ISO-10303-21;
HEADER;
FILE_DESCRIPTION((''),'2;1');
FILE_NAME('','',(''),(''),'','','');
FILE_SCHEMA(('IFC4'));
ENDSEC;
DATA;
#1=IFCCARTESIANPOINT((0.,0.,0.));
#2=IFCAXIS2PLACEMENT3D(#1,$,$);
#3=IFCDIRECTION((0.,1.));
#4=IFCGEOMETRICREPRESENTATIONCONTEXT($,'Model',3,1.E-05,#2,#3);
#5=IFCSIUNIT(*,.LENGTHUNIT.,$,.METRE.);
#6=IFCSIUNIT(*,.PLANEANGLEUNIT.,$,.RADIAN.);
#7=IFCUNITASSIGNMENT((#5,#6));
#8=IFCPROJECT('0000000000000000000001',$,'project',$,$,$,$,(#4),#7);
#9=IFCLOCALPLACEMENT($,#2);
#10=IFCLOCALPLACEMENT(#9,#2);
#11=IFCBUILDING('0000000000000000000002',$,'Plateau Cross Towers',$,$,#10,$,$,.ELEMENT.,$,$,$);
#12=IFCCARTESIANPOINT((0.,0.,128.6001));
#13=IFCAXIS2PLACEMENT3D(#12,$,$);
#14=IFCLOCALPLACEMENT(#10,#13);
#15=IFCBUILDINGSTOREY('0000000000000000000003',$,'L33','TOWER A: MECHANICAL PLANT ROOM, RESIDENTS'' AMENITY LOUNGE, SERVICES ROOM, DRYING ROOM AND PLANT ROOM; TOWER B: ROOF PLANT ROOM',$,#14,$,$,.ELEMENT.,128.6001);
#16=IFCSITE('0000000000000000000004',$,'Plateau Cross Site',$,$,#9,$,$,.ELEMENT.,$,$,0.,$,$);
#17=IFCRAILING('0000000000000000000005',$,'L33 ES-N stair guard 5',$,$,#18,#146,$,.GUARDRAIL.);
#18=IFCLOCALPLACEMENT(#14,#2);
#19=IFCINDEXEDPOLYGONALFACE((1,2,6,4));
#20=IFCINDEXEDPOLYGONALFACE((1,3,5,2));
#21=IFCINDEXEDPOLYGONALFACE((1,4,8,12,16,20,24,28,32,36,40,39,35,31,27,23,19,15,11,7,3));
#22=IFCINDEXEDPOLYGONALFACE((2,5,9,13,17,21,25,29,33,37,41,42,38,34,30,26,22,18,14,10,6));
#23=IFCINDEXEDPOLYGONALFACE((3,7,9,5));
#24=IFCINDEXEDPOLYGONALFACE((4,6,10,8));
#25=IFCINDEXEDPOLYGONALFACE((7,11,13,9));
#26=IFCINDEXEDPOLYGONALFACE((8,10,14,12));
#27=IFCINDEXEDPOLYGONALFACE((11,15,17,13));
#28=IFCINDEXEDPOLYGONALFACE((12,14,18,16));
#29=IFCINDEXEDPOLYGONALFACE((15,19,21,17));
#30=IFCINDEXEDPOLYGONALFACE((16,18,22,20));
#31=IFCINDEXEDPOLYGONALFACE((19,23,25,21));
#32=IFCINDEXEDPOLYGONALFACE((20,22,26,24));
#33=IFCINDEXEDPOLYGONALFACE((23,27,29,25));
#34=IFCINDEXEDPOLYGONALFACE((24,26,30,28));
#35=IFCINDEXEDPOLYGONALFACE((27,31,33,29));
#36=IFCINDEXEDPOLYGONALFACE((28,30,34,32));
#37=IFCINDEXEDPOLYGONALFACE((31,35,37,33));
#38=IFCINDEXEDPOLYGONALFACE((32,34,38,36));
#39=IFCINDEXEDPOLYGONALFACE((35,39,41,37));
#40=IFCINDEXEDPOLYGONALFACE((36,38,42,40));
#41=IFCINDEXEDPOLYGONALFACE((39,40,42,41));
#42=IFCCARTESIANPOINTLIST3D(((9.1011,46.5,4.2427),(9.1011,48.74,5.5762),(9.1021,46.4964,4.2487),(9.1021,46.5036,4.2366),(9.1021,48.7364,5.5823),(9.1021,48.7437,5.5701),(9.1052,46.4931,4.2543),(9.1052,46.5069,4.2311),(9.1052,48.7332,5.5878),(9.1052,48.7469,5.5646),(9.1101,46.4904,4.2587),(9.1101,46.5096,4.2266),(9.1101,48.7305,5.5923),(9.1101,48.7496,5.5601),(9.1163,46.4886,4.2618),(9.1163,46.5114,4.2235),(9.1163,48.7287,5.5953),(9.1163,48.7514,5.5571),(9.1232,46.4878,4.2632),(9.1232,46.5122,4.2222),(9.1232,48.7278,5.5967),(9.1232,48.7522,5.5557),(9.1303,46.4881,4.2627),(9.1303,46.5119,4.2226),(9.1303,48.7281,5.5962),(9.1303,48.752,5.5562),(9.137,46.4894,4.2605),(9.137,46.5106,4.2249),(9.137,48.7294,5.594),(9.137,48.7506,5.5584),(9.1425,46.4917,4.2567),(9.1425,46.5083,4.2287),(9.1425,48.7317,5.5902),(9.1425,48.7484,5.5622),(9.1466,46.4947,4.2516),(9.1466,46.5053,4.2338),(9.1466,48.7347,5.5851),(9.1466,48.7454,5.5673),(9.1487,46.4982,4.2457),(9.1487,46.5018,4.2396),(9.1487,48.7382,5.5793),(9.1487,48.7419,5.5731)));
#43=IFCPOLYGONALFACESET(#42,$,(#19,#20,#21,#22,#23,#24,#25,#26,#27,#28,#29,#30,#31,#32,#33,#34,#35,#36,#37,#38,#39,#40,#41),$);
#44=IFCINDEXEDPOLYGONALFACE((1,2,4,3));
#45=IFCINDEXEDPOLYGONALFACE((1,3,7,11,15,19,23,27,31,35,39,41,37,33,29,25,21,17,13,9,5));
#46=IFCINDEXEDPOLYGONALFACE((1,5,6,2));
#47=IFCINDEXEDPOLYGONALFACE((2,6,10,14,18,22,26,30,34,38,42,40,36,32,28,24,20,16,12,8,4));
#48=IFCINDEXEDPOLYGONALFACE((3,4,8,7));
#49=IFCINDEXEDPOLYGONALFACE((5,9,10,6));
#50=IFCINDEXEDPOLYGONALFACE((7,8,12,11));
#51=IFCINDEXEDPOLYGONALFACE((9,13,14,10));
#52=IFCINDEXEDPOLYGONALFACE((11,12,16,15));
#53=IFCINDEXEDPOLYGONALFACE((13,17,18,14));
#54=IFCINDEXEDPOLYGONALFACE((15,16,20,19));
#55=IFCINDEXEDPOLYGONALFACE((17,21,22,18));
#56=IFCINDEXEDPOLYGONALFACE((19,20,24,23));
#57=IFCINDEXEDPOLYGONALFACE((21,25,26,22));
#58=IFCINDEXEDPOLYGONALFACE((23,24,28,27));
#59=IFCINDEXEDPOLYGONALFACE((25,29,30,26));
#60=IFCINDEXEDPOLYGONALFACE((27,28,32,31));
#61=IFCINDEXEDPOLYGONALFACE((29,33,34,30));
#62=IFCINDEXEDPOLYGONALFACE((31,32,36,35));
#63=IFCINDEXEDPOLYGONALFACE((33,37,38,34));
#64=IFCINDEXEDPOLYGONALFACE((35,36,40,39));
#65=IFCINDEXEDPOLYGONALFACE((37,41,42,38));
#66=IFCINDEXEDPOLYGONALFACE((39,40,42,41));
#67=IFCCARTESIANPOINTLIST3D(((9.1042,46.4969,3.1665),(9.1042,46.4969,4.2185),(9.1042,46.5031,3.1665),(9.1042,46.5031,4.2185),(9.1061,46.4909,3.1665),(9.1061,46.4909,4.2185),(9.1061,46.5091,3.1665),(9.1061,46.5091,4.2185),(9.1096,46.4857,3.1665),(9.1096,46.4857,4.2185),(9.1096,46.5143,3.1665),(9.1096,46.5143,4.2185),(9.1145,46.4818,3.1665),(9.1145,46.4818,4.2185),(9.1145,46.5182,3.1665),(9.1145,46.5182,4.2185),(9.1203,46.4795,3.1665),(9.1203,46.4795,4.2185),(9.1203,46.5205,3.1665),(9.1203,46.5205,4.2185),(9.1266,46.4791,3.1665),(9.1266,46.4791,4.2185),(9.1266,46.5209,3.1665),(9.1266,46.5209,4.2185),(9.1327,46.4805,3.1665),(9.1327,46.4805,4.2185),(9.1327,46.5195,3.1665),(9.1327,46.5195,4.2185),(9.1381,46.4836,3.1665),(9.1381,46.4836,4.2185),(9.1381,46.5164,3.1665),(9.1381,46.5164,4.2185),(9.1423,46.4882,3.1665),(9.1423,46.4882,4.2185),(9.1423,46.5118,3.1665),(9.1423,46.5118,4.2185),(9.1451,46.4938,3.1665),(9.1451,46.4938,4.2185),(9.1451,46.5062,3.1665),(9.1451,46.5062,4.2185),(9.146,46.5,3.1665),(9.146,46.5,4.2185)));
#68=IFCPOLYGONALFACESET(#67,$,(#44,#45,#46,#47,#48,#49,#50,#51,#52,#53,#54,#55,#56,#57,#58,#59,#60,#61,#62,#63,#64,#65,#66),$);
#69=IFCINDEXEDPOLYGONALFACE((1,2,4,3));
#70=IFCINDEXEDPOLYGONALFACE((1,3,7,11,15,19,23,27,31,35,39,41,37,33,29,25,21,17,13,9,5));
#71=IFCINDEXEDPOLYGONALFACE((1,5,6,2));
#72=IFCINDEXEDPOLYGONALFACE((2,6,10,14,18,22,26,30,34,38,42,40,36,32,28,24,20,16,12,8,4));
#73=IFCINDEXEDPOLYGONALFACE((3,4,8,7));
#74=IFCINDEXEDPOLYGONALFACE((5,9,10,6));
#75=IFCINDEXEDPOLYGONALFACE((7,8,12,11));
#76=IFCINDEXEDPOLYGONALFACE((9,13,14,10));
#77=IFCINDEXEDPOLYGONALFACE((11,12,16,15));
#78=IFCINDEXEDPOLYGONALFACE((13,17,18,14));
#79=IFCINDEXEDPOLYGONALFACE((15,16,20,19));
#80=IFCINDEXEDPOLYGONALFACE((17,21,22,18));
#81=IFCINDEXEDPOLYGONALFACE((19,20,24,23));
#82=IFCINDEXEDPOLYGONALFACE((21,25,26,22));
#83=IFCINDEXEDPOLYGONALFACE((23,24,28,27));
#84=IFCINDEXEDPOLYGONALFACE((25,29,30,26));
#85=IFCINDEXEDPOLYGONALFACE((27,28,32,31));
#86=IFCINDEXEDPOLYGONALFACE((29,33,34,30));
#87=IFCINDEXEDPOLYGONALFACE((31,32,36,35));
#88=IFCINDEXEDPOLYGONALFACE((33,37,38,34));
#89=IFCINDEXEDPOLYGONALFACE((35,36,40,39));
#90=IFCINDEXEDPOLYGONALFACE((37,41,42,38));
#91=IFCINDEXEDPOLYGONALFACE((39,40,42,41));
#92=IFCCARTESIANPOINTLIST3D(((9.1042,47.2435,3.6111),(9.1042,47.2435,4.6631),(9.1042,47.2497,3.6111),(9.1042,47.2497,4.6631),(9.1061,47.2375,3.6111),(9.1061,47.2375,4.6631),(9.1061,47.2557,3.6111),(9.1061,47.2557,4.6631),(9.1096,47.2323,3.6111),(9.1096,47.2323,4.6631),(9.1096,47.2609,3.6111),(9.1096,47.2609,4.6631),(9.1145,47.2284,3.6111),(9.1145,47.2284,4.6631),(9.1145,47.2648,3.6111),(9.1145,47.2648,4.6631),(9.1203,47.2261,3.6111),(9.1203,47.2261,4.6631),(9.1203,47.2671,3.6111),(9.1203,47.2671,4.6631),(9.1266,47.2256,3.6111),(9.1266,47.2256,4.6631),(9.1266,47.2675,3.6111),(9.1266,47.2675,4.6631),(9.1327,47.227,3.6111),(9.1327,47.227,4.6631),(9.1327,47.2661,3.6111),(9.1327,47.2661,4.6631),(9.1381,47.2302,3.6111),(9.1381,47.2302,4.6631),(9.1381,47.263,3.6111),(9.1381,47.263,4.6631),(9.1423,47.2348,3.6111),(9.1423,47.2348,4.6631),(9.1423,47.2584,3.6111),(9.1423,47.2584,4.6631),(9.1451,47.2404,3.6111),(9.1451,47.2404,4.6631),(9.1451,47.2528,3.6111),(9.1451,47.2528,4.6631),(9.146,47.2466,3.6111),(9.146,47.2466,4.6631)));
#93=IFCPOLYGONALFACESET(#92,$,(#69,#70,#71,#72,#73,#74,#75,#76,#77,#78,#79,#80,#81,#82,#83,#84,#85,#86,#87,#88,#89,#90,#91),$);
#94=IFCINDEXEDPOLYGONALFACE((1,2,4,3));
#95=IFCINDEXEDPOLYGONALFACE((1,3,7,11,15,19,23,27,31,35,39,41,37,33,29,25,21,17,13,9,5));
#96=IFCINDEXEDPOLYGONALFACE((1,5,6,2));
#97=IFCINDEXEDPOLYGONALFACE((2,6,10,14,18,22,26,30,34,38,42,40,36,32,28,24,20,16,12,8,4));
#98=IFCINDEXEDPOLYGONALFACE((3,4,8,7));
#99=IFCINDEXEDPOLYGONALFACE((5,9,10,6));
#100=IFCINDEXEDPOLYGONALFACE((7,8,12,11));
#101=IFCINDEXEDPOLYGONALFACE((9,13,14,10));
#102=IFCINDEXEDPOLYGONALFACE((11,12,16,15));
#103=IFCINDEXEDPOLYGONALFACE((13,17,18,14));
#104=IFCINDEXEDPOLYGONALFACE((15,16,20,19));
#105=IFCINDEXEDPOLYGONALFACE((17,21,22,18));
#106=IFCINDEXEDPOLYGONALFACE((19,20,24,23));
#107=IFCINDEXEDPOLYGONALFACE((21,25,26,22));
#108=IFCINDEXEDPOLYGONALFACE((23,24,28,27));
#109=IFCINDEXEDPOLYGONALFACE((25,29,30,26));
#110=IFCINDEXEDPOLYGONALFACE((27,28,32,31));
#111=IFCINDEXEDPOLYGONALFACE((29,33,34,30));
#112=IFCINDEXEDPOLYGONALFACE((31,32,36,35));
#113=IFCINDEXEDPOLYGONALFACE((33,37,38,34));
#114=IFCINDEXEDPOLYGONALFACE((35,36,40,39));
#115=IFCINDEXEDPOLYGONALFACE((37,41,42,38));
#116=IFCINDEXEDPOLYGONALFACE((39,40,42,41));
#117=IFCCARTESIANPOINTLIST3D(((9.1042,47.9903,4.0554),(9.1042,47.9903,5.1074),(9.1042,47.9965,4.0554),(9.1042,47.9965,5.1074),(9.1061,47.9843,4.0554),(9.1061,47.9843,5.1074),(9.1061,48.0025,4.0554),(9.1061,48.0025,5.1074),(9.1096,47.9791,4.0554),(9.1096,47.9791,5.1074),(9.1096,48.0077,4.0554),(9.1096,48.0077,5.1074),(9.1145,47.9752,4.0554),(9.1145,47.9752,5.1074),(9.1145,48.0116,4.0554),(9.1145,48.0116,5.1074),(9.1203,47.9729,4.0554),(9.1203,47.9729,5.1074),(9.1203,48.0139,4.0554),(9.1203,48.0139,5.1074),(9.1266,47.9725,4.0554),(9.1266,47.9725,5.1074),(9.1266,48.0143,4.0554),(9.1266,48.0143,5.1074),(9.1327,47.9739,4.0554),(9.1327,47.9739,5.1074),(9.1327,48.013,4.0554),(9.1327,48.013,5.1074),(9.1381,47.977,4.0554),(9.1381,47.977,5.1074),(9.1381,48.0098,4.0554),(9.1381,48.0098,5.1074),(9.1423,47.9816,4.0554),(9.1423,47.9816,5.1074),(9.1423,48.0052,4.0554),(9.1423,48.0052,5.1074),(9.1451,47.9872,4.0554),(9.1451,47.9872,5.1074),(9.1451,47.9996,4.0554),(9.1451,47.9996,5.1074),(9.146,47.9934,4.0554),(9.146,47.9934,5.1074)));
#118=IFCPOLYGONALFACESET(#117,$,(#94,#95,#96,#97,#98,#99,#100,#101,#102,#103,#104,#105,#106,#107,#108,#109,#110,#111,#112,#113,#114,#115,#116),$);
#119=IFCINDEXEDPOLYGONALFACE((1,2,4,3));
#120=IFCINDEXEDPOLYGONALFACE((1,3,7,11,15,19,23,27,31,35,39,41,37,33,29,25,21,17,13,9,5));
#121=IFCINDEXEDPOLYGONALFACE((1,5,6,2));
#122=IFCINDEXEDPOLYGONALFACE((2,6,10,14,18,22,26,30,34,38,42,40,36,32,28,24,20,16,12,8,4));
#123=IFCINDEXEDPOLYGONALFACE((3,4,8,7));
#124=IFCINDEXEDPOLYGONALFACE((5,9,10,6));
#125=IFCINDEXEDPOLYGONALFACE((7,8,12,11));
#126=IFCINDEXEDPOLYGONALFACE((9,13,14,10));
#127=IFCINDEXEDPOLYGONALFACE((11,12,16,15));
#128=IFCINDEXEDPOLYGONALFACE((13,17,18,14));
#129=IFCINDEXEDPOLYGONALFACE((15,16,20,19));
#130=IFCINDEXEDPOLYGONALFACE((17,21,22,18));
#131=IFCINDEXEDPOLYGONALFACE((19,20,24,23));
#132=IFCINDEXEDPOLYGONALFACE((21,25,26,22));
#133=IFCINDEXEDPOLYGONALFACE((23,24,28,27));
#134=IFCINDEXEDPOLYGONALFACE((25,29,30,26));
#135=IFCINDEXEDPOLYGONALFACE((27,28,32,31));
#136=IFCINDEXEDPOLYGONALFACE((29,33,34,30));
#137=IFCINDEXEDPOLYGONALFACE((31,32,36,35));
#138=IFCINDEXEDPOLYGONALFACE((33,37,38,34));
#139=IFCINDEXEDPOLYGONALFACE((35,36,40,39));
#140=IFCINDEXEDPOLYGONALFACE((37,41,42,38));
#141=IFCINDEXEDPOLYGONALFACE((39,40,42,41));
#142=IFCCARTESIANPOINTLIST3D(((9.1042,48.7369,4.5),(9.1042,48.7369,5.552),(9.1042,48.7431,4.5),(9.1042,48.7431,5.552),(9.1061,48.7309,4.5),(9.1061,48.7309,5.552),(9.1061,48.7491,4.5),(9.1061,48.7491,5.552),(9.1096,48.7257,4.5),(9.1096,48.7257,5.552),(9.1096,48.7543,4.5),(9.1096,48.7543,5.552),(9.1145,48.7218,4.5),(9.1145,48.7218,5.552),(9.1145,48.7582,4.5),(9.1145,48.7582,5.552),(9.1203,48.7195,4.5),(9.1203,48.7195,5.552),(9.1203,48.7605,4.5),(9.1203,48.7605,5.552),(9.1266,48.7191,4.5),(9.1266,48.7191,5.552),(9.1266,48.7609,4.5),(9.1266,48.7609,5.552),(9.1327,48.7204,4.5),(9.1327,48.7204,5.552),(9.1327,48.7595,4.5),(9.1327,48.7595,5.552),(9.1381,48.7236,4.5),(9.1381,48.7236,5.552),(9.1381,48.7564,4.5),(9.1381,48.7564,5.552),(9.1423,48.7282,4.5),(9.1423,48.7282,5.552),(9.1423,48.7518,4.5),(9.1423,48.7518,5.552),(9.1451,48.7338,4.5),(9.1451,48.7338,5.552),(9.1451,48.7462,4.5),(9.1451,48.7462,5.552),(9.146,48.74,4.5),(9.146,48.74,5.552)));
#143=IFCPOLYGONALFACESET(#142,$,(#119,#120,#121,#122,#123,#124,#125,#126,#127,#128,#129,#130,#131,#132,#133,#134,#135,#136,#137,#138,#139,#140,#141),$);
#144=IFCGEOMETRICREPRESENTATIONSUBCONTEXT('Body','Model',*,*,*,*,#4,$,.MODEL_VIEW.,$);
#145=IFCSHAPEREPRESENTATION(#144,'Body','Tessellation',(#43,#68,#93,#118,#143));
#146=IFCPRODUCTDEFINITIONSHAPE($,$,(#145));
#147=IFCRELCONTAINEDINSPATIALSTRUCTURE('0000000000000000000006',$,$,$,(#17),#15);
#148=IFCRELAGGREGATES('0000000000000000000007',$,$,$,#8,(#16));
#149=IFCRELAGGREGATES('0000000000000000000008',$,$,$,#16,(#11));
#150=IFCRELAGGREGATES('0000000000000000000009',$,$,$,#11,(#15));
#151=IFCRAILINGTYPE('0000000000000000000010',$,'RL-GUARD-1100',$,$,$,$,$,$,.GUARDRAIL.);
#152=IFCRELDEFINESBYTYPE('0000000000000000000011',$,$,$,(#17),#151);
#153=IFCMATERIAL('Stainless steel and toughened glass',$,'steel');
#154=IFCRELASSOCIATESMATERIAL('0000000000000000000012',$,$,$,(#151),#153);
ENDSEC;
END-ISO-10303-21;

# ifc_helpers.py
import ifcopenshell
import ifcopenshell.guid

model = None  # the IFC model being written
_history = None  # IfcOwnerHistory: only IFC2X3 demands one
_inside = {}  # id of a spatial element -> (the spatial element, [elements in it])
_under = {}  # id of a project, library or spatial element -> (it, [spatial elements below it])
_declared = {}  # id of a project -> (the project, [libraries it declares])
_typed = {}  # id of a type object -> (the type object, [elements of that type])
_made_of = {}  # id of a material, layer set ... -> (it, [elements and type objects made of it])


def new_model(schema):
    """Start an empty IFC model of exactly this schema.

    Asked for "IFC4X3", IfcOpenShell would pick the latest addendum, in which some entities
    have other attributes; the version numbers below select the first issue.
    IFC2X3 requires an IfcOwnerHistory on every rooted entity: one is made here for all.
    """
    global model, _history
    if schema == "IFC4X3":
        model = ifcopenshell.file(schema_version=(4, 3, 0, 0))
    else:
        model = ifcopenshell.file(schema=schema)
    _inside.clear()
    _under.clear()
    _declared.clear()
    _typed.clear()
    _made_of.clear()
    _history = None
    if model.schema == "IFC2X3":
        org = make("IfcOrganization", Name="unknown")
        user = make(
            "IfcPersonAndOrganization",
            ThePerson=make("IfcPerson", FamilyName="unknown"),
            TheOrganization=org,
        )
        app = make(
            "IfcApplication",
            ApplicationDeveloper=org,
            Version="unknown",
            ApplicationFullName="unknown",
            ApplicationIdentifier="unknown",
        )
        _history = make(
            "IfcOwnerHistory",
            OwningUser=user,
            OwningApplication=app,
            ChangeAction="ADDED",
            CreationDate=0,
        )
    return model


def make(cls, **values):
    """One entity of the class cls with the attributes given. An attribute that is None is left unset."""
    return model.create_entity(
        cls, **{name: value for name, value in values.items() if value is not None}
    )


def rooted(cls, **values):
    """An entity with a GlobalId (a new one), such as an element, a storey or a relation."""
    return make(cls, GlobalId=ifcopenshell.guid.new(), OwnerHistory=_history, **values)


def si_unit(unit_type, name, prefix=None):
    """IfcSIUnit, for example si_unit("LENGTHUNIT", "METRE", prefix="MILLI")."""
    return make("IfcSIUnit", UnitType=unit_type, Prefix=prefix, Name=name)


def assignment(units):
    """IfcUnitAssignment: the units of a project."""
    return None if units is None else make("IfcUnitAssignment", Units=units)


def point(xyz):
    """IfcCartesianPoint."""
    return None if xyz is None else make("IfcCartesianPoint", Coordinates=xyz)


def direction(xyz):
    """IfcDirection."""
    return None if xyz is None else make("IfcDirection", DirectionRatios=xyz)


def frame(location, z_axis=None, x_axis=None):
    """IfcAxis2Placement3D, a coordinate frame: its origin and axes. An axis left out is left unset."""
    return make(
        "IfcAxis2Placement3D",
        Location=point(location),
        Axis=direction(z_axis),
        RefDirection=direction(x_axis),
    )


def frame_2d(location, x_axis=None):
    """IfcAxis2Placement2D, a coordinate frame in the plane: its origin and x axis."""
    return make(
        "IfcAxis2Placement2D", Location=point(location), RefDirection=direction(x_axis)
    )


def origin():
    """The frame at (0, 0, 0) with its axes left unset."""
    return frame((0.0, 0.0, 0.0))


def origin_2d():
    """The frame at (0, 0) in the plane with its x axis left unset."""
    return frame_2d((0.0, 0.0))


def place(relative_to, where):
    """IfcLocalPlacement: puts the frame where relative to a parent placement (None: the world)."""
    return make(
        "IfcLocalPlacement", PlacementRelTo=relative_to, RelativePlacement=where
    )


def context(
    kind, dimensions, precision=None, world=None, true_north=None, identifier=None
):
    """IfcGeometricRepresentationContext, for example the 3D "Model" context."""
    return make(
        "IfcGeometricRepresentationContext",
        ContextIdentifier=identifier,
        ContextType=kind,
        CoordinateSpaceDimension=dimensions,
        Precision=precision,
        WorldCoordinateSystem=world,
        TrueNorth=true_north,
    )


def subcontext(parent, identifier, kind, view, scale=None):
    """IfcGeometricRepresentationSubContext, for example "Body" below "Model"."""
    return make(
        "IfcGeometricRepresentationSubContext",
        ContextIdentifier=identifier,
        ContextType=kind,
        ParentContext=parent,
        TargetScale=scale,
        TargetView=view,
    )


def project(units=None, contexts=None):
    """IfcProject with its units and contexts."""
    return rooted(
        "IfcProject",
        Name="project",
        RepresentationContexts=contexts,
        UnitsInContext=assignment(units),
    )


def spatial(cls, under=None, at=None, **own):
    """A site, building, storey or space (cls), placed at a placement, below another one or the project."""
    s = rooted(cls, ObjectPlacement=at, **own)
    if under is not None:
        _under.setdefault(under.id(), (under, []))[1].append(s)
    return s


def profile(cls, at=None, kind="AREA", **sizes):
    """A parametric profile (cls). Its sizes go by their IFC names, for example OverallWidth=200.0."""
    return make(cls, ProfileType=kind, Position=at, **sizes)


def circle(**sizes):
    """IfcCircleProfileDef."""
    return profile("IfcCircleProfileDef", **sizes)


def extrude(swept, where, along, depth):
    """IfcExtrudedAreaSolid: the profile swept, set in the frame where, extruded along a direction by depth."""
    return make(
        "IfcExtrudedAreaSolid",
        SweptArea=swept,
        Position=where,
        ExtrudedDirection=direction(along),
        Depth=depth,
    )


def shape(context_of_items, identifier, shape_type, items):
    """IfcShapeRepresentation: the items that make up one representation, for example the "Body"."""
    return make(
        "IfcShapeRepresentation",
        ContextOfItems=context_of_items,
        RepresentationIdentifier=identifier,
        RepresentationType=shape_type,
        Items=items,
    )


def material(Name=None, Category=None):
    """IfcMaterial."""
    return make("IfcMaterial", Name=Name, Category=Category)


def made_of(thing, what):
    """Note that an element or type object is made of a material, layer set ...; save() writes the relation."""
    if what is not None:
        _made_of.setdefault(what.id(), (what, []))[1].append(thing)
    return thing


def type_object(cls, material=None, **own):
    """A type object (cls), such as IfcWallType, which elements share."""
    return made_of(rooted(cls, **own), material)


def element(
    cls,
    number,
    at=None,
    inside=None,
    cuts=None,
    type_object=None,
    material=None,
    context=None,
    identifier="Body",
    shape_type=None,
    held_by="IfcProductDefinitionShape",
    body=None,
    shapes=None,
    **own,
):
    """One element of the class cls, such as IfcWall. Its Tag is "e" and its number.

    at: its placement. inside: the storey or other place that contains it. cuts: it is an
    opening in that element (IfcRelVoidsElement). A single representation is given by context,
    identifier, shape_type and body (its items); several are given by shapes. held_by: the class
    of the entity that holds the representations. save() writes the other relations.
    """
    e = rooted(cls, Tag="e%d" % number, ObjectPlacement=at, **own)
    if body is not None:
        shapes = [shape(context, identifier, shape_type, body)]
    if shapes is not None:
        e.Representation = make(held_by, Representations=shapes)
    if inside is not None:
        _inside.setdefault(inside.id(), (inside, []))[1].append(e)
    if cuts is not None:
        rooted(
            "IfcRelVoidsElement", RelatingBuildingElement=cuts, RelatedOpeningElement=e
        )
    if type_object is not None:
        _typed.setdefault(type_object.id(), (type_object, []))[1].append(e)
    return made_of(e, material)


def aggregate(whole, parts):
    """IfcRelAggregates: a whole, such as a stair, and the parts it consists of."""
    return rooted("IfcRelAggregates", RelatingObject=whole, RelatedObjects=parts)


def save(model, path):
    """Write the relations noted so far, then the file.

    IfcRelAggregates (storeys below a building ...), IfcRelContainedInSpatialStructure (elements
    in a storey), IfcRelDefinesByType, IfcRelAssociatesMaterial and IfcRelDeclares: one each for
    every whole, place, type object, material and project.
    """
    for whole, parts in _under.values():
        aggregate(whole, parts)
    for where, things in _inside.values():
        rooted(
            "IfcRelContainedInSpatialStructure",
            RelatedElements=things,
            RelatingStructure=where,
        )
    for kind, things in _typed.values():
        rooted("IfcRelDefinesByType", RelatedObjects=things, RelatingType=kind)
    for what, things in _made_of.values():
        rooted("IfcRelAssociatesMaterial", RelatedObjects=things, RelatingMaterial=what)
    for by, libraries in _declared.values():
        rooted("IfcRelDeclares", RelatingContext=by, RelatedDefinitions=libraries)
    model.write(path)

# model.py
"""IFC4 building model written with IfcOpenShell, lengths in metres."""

from ifc_helpers import new_model, si_unit, direction, frame, origin, origin_2d, place, context, subcontext, project, spatial, circle, extrude, material, type_object, element, save


model = new_model("IFC4")

# Units and contexts
model_context = context("Model", 3, precision=1e-05, world=origin(), true_north=direction((0.0, 1.0)))
body_context = subcontext(model_context, "Body", "Model", "MODEL_VIEW")
ifc_project = project(units=[si_unit("LENGTHUNIT", "METRE"), si_unit("PLANEANGLEUNIT", "RADIAN")], contexts=[model_context])

# Site, building, storey
site_placement = place(None, origin())
site = spatial("IfcSite", under=ifc_project, at=site_placement, Name="Plateau Cross Site", CompositionType="ELEMENT", RefElevation=0.0)
building_placement = place(site_placement, origin())
building = spatial("IfcBuilding", under=site, at=building_placement, Name="Plateau Cross Towers", CompositionType="ELEMENT")
storey_placement = place(building_placement, frame((0.0, 0.0, 128.6001)))
storey = spatial("IfcBuildingStorey", under=building, at=storey_placement, Name="L33", Description="TOWER A: MECHANICAL PLANT ROOM, RESIDENTS' AMENITY LOUNGE, SERVICES ROOM, DRYING ROOM AND PLANT ROOM; TOWER B: ROOF PLANT ROOM", CompositionType="ELEMENT", Elevation=128.6001)

# Railing
ifc_material_1 = material(Name="Stainless steel and toughened glass", Category="steel")
railing_type_1 = type_object("IfcRailingType", Name="RL-GUARD-1100", PredefinedType="GUARDRAIL", material=ifc_material_1)
railing_placement = place(storey_placement, frame((9.125, 46.5, 3.1665)))
element("IfcRailing", 1, at=railing_placement, inside=storey, type_object=railing_type_1, Name="L33 ES-N stair guard 5", PredefinedType="GUARDRAIL", context=body_context, shape_type="SweptSolid", body=[
    extrude(circle(Radius=0.0239, at=origin_2d()), frame((0.0, 0.0, 1.0762), z_axis=(0.0, 0.859264, 0.511532), x_axis=(-1.0, 0.0, 0.0)), (0.0, 0.0, 1.0), 2.6069),
    extrude(circle(Radius=0.021, at=origin_2d()), origin(), (0.0, 0.0, 1.0), 1.052),
    extrude(circle(Radius=0.021, at=origin_2d()), frame((0.0, 0.7466, 0.4446)), (0.0, 0.0, 1.0), 1.052),
    extrude(circle(Radius=0.021, at=origin_2d()), frame((0.0, 1.4934, 0.8889)), (0.0, 0.0, 1.0), 1.052),
    extrude(circle(Radius=0.021, at=origin_2d()), frame((0.0, 2.24, 1.3335)), (0.0, 0.0, 1.0), 1.052),
])

save(model, "model.ifc")
